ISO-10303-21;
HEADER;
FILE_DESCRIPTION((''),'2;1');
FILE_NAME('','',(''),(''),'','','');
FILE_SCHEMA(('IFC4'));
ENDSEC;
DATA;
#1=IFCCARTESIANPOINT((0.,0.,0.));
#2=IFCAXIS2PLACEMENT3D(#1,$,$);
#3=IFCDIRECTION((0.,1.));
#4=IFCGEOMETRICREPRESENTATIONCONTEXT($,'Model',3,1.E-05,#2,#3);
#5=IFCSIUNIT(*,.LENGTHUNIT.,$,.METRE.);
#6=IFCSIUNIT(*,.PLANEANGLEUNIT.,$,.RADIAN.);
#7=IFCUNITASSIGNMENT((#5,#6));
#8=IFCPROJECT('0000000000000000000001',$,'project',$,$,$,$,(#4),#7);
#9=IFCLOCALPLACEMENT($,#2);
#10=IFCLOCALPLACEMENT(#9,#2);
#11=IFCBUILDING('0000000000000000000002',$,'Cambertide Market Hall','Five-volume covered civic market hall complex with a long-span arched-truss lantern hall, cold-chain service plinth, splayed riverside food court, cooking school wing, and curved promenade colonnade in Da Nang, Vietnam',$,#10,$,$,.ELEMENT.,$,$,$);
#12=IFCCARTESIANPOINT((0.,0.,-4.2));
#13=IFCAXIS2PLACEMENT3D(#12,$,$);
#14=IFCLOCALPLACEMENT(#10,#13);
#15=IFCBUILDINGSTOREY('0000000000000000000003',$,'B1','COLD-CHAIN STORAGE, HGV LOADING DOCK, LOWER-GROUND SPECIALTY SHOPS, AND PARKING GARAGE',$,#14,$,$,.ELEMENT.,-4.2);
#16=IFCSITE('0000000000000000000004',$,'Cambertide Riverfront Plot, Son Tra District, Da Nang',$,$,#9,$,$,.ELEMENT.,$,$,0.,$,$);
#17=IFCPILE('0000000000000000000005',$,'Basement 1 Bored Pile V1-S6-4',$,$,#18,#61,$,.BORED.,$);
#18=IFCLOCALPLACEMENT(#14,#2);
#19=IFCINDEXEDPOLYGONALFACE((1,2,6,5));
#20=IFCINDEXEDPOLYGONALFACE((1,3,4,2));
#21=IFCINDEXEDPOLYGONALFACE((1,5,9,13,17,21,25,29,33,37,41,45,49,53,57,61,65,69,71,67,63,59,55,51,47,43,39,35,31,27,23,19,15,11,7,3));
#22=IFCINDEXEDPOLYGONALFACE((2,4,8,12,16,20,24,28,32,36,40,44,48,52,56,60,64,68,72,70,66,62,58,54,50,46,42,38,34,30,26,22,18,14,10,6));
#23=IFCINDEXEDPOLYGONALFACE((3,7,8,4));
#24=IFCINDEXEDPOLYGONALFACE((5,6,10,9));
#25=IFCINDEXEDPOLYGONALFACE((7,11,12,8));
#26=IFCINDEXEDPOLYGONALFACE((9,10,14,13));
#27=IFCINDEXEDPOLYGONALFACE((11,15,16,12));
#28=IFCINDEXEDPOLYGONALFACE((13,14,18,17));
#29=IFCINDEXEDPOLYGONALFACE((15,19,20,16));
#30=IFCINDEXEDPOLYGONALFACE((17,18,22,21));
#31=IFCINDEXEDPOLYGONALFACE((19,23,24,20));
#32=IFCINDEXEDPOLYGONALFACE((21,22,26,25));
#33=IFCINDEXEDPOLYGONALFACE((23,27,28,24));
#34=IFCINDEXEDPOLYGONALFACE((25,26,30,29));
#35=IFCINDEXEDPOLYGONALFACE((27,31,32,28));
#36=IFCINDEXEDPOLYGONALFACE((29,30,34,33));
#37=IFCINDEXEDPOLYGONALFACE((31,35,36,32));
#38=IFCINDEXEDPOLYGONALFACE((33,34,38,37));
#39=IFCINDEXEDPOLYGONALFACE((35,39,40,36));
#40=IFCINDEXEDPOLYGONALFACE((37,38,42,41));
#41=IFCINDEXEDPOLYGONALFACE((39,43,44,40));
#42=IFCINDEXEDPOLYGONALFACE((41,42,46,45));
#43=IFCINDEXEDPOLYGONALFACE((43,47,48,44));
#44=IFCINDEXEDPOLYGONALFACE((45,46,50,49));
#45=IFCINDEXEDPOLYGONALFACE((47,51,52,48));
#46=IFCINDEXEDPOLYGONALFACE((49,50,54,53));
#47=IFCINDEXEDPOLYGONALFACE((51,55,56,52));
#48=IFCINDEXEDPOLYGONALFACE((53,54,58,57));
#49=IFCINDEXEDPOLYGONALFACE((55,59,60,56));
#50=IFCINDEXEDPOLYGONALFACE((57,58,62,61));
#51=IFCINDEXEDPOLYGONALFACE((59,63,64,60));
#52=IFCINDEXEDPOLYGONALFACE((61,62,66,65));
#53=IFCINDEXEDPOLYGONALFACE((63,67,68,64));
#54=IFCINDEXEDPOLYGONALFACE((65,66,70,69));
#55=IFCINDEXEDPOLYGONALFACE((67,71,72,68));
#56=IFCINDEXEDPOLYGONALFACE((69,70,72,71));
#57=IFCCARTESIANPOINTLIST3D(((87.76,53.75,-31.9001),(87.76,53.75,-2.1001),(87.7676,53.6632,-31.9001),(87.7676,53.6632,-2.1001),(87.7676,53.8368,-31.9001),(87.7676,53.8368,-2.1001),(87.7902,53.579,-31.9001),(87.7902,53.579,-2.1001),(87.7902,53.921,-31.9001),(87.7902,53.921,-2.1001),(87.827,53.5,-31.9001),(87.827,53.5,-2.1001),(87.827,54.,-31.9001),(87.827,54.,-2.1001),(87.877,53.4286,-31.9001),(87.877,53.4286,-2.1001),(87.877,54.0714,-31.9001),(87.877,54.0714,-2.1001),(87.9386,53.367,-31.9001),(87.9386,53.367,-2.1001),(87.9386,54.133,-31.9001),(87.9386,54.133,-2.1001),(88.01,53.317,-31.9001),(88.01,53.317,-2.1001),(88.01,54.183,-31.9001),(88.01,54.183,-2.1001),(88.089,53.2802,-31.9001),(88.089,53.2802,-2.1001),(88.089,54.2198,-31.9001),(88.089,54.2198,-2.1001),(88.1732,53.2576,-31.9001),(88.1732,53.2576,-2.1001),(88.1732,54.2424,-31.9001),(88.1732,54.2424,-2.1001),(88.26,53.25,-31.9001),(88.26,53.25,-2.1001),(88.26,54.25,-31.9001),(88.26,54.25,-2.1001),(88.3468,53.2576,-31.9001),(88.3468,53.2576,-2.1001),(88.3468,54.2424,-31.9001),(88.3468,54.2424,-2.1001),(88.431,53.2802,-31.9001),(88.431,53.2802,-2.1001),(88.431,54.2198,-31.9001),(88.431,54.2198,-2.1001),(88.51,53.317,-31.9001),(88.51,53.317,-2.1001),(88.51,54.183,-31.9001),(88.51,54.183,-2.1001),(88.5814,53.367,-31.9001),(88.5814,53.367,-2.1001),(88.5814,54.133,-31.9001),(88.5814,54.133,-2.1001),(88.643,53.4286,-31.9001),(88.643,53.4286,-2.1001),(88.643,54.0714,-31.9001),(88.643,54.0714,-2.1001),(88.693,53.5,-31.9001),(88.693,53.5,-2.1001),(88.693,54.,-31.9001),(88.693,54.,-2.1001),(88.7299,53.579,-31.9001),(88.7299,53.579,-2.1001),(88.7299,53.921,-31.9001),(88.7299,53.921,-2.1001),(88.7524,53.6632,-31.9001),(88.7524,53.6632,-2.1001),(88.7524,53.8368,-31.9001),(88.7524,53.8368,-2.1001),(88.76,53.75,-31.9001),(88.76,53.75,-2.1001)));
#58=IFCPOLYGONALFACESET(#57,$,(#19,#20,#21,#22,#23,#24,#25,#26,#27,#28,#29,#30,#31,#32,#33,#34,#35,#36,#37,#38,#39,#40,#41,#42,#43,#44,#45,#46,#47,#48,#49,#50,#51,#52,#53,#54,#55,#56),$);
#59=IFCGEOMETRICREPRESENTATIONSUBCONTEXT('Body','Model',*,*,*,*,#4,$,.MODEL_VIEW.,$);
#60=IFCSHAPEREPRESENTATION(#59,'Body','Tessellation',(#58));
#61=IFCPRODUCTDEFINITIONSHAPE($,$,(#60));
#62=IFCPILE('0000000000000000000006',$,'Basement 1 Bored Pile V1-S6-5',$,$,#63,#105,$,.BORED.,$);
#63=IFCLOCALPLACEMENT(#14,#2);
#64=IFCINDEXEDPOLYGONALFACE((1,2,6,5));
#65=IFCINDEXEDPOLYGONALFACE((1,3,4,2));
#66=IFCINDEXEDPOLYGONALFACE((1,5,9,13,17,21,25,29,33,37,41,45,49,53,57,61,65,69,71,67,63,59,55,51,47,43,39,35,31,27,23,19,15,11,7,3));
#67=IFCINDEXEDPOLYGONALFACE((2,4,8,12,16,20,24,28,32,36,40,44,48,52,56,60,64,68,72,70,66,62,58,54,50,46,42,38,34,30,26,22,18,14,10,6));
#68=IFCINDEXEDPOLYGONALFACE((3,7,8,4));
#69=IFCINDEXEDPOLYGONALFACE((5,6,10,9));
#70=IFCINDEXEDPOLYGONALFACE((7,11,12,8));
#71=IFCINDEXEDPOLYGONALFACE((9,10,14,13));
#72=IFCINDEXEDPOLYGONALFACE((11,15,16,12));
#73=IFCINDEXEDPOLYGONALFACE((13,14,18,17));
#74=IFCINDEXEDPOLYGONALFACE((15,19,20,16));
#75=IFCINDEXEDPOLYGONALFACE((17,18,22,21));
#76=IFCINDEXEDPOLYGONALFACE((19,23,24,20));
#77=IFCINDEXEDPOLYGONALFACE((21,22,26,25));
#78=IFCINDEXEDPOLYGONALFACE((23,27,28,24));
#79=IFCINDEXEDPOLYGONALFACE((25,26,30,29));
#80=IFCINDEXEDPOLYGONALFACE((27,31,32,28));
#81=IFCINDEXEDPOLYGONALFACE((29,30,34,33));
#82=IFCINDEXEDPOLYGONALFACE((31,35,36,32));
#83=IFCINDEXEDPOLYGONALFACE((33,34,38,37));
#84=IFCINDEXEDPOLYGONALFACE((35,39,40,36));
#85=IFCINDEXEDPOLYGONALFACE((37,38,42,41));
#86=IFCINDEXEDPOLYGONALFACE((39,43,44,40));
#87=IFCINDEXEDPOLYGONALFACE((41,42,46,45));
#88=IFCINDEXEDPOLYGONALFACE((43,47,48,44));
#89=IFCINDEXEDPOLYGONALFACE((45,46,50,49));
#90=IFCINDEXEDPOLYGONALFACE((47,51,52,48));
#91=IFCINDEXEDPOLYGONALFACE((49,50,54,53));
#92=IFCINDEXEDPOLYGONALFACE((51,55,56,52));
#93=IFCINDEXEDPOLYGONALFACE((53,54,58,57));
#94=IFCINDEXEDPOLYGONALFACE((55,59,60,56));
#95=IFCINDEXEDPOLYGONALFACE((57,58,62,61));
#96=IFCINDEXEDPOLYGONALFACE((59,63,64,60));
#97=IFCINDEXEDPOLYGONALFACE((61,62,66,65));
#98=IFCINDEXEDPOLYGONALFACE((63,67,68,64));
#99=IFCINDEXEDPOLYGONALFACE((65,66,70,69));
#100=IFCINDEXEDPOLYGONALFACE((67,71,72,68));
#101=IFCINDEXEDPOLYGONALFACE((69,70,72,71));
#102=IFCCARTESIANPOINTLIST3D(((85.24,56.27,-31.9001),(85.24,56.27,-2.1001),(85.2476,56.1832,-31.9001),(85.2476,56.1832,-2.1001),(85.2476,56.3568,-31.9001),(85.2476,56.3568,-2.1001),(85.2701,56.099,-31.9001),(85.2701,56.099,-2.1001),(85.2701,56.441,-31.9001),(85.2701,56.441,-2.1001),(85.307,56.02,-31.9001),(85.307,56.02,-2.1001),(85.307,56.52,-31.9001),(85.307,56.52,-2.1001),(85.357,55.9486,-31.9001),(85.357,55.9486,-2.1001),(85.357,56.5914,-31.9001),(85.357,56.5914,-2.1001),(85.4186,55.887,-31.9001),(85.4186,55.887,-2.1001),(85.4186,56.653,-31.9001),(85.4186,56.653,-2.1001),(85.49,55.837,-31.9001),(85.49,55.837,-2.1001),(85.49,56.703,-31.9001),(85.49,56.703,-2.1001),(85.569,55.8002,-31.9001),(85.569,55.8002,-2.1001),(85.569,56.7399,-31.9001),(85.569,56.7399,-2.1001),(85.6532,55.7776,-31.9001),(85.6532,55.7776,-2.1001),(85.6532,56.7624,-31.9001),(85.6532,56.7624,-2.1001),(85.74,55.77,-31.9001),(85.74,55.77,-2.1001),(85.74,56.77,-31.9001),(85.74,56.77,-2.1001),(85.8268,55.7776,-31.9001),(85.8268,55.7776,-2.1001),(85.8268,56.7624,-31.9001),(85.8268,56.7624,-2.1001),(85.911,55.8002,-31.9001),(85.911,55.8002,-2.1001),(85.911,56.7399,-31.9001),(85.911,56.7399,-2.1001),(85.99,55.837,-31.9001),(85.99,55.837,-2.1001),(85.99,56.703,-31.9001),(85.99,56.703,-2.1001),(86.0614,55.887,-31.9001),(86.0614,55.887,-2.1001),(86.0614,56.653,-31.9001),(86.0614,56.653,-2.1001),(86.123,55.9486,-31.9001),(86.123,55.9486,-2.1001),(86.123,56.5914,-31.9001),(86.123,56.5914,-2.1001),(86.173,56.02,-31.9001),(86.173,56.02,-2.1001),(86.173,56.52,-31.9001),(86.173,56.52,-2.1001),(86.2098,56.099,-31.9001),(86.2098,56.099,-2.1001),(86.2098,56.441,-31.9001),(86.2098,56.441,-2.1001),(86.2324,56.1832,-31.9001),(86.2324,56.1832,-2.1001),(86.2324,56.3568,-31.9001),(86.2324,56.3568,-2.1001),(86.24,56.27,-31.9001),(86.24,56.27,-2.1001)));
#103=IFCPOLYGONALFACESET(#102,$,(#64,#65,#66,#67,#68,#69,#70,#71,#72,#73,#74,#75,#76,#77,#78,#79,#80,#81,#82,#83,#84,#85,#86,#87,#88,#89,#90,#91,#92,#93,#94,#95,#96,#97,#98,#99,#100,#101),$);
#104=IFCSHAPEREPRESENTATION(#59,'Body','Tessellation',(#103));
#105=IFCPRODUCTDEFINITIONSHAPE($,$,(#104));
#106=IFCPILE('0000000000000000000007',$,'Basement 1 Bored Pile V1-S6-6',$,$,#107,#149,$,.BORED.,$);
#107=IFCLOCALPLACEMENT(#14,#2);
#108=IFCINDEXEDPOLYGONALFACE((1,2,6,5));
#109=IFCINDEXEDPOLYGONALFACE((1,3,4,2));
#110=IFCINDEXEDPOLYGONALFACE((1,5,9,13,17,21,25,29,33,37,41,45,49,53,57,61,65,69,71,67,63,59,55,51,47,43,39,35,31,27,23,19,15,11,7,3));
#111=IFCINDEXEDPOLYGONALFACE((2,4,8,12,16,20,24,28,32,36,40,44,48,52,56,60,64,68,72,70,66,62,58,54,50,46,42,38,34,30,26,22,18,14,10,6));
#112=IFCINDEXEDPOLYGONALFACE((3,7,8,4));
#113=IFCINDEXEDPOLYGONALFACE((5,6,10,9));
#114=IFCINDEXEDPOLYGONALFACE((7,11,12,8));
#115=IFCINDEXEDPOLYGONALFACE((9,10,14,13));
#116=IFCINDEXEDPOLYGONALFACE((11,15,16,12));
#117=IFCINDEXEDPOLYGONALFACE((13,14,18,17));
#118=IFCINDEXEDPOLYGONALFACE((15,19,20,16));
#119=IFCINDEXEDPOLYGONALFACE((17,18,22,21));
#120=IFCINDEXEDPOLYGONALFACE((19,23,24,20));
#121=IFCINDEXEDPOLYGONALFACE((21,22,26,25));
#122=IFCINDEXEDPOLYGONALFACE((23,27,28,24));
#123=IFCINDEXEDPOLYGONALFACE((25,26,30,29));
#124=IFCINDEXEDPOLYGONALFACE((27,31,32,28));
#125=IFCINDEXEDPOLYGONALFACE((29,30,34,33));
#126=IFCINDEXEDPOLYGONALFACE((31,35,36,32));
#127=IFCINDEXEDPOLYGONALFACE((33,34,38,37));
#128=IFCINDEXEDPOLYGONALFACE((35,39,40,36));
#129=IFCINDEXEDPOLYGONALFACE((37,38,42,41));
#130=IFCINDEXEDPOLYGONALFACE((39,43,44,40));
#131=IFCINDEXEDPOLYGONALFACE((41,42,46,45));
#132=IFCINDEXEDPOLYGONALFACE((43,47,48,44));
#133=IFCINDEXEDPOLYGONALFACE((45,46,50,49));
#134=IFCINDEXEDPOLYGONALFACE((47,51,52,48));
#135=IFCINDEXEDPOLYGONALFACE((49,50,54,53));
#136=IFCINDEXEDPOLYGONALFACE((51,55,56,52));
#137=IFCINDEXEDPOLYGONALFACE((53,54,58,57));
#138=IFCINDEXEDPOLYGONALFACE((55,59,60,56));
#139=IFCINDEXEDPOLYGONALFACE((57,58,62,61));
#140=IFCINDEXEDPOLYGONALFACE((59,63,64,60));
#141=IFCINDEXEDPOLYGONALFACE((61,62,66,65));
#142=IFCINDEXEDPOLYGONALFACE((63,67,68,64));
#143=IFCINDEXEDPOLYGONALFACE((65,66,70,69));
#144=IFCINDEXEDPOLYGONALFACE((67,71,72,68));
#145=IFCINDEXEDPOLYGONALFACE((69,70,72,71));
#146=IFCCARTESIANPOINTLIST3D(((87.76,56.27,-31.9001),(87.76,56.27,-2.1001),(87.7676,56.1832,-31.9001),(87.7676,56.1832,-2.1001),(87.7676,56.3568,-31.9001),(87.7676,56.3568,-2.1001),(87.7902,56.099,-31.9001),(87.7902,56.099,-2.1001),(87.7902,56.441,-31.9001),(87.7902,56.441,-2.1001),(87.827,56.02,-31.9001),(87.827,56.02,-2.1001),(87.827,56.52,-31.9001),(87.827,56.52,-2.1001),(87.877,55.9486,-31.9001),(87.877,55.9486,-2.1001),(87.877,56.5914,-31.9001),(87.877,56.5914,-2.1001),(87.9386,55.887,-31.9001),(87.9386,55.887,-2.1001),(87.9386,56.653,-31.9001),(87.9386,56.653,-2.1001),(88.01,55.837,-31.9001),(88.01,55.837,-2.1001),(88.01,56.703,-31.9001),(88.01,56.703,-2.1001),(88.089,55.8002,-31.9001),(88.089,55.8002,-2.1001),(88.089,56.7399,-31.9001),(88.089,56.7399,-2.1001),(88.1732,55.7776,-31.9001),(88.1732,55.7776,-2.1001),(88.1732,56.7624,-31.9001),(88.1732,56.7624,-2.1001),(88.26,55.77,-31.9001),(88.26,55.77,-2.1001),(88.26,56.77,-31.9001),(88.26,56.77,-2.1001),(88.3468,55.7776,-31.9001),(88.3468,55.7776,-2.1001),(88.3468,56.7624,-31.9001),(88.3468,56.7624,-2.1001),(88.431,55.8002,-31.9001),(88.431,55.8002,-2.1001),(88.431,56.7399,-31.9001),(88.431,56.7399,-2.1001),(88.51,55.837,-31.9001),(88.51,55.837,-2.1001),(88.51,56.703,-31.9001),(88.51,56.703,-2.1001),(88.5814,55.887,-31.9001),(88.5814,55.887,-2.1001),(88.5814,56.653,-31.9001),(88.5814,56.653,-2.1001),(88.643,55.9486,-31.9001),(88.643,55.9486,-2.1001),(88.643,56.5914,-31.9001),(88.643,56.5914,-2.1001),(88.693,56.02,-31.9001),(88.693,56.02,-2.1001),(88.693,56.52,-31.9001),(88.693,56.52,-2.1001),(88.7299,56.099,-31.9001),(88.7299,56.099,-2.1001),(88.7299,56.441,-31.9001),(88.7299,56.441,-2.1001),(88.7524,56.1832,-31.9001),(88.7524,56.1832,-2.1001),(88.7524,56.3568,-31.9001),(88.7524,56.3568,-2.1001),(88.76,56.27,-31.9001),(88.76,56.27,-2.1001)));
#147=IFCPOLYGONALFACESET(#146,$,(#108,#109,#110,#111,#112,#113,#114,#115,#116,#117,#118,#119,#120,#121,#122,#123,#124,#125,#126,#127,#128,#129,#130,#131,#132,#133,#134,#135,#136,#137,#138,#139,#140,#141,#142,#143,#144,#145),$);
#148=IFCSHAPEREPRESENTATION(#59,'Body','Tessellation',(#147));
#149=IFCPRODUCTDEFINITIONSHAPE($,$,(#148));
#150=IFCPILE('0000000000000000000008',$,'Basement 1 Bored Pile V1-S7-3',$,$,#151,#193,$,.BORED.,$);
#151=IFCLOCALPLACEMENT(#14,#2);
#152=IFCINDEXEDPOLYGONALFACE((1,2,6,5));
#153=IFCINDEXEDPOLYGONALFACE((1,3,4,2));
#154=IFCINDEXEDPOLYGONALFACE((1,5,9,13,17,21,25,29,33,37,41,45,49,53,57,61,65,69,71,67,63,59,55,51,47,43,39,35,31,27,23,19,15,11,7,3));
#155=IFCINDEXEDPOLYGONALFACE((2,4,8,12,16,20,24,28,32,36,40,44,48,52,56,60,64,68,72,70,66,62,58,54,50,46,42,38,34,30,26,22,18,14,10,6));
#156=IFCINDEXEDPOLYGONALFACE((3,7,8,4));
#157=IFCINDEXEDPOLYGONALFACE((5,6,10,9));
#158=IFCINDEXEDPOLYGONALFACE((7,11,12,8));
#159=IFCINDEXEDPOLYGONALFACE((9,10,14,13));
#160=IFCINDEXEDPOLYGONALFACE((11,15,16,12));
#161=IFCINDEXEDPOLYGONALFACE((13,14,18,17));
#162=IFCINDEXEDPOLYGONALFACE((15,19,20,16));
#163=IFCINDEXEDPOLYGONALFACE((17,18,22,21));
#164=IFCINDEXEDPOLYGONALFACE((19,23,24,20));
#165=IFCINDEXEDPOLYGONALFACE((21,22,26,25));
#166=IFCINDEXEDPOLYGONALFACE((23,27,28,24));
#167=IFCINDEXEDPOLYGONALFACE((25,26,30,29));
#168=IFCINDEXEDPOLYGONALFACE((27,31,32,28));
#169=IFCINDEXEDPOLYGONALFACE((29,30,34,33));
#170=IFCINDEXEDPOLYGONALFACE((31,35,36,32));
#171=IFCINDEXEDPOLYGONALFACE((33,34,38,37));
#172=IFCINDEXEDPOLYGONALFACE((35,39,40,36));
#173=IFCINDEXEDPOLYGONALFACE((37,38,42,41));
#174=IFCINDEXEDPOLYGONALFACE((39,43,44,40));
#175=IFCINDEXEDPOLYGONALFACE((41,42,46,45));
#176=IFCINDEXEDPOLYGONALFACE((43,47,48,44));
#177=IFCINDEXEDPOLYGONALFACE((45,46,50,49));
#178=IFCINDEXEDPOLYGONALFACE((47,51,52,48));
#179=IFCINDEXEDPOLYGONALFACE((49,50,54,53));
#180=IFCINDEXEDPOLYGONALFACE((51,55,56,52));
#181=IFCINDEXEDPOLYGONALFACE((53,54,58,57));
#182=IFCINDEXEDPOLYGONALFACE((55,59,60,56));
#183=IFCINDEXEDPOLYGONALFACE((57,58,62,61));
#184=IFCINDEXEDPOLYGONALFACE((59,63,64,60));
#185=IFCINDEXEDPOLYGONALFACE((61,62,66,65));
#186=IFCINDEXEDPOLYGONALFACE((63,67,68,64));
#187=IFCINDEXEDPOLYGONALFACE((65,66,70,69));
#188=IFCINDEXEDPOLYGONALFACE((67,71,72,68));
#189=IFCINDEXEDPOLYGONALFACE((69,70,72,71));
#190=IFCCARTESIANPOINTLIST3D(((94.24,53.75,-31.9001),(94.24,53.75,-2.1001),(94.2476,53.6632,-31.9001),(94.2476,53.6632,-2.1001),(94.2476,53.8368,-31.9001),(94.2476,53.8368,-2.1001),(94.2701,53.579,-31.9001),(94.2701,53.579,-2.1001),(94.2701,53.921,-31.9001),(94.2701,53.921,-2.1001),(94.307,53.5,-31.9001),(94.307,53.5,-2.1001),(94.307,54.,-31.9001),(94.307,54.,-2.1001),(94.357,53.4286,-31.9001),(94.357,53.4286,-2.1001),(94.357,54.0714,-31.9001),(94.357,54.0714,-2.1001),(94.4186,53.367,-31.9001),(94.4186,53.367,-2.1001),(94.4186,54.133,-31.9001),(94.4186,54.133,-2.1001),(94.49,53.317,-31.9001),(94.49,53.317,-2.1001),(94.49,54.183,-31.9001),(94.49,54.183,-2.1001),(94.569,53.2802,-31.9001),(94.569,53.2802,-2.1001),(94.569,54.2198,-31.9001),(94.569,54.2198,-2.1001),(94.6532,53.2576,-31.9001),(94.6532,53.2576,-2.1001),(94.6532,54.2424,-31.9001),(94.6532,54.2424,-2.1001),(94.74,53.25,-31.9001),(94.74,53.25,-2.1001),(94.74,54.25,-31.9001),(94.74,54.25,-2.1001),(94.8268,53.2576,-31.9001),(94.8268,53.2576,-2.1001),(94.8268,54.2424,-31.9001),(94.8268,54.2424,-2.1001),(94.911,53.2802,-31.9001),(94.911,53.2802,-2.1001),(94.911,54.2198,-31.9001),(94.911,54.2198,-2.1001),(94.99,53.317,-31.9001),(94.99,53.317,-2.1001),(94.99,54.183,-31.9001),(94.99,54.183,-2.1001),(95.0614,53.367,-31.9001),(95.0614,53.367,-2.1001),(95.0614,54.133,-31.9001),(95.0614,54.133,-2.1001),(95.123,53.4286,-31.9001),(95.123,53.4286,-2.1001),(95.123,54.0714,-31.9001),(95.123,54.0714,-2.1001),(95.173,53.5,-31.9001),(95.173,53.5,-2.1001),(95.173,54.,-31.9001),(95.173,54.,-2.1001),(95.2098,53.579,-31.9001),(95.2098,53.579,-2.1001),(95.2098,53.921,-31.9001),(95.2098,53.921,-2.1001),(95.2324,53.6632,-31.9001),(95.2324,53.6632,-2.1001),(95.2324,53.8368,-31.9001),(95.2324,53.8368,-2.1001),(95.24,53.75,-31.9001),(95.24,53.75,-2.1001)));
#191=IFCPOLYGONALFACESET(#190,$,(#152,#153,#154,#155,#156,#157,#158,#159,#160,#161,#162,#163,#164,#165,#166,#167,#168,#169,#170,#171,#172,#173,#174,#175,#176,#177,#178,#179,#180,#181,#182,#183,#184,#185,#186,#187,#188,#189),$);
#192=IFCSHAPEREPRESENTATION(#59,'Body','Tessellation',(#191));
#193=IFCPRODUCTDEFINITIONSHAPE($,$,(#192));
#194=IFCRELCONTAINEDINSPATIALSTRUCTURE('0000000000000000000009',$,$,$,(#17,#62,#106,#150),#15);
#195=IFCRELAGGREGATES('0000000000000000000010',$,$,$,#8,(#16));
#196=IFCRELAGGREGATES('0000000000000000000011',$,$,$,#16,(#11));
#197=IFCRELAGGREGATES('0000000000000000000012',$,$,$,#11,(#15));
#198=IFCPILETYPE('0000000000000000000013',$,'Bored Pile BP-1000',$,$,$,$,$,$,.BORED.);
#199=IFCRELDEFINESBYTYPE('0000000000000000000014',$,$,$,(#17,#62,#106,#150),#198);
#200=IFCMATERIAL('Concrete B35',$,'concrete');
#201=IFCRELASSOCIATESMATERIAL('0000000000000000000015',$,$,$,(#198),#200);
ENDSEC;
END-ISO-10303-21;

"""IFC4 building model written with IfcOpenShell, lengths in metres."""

from ifc_helpers import new_model, si_unit, direction, frame, origin, origin_2d, place, context, subcontext, project, spatial, circle, extrude, material, material_profile, profile_set, type_object, element, save


model = new_model("IFC4")

# Units and contexts
model_context = context("Model", 3, precision=1e-05, world=origin(), true_north=direction((0.0, 1.0)))
body_context = subcontext(model_context, "Body", "Model", "MODEL_VIEW")
ifc_project = project(units=[si_unit("LENGTHUNIT", "METRE"), si_unit("PLANEANGLEUNIT", "RADIAN")], contexts=[model_context])

# Site, building, storey
site_placement = place(None, origin())
site = spatial("IfcSite", under=ifc_project, at=site_placement, Name="Cambertide Riverfront Plot, Son Tra District, Da Nang", CompositionType="ELEMENT", RefElevation=0.0)
building_placement = place(site_placement, origin())
building = spatial("IfcBuilding", under=site, at=building_placement, Name="Cambertide Market Hall", Description="Five-volume covered civic market hall complex with a long-span arched-truss lantern hall, cold-chain service plinth, splayed riverside food court, cooking school wing, and curved promenade colonnade in Da Nang, Vietnam", CompositionType="ELEMENT")
storey_placement = place(building_placement, frame((0.0, 0.0, -4.2)))
storey = spatial("IfcBuildingStorey", under=building, at=storey_placement, Name="B1", Description="COLD-CHAIN STORAGE, HGV LOADING DOCK, LOWER-GROUND SPECIALTY SHOPS, AND PARKING GARAGE", CompositionType="ELEMENT", Elevation=-4.2)

# Piles
ifc_material_1 = material(Name="Concrete B35", Category="concrete")
ifc_material_profile_1 = material_profile(ifc_material_1, circle(Radius=0.5, at=origin_2d()), Name="BP D1000")
ifc_profile_set_1 = profile_set([ifc_material_profile_1], Name="Concrete B35")
pile_type_1 = type_object("IfcPileType", Name="Bored Pile BP-1000", PredefinedType="BORED", material=ifc_profile_set_1)
for number, where, z_axis, x_axis, name in (
    (1, (88.26, 53.75, -2.1001), (0.0, 0.0, -1.0), (1.0, 0.0, 0.0), "Basement 1 Bored Pile V1-S6-4"),
    (2, (85.74, 56.27, -2.1001), (0.0, 0.0, -1.0), (1.0, 0.0, 0.0), "Basement 1 Bored Pile V1-S6-5"),
    (3, (88.26, 56.27, -2.1001), (0.0, 0.0, -1.0), (1.0, 0.0, 0.0), "Basement 1 Bored Pile V1-S6-6"),
    (4, (94.74, 53.75, -2.1001), (0.0, 0.0, -1.0), (1.0, 0.0, 0.0), "Basement 1 Bored Pile V1-S7-3"),
):
    element("IfcPile", number, at=place(storey_placement, frame(where, z_axis=z_axis, x_axis=x_axis)), inside=storey, type_object=pile_type_1, Name=name, PredefinedType="BORED", context=body_context, shape_type="SweptSolid", body=[
        extrude(circle(Radius=0.5, at=origin_2d()), origin(), (0.0, 0.0, 1.0), 29.8),
    ])

save(model, "model.ifc")
